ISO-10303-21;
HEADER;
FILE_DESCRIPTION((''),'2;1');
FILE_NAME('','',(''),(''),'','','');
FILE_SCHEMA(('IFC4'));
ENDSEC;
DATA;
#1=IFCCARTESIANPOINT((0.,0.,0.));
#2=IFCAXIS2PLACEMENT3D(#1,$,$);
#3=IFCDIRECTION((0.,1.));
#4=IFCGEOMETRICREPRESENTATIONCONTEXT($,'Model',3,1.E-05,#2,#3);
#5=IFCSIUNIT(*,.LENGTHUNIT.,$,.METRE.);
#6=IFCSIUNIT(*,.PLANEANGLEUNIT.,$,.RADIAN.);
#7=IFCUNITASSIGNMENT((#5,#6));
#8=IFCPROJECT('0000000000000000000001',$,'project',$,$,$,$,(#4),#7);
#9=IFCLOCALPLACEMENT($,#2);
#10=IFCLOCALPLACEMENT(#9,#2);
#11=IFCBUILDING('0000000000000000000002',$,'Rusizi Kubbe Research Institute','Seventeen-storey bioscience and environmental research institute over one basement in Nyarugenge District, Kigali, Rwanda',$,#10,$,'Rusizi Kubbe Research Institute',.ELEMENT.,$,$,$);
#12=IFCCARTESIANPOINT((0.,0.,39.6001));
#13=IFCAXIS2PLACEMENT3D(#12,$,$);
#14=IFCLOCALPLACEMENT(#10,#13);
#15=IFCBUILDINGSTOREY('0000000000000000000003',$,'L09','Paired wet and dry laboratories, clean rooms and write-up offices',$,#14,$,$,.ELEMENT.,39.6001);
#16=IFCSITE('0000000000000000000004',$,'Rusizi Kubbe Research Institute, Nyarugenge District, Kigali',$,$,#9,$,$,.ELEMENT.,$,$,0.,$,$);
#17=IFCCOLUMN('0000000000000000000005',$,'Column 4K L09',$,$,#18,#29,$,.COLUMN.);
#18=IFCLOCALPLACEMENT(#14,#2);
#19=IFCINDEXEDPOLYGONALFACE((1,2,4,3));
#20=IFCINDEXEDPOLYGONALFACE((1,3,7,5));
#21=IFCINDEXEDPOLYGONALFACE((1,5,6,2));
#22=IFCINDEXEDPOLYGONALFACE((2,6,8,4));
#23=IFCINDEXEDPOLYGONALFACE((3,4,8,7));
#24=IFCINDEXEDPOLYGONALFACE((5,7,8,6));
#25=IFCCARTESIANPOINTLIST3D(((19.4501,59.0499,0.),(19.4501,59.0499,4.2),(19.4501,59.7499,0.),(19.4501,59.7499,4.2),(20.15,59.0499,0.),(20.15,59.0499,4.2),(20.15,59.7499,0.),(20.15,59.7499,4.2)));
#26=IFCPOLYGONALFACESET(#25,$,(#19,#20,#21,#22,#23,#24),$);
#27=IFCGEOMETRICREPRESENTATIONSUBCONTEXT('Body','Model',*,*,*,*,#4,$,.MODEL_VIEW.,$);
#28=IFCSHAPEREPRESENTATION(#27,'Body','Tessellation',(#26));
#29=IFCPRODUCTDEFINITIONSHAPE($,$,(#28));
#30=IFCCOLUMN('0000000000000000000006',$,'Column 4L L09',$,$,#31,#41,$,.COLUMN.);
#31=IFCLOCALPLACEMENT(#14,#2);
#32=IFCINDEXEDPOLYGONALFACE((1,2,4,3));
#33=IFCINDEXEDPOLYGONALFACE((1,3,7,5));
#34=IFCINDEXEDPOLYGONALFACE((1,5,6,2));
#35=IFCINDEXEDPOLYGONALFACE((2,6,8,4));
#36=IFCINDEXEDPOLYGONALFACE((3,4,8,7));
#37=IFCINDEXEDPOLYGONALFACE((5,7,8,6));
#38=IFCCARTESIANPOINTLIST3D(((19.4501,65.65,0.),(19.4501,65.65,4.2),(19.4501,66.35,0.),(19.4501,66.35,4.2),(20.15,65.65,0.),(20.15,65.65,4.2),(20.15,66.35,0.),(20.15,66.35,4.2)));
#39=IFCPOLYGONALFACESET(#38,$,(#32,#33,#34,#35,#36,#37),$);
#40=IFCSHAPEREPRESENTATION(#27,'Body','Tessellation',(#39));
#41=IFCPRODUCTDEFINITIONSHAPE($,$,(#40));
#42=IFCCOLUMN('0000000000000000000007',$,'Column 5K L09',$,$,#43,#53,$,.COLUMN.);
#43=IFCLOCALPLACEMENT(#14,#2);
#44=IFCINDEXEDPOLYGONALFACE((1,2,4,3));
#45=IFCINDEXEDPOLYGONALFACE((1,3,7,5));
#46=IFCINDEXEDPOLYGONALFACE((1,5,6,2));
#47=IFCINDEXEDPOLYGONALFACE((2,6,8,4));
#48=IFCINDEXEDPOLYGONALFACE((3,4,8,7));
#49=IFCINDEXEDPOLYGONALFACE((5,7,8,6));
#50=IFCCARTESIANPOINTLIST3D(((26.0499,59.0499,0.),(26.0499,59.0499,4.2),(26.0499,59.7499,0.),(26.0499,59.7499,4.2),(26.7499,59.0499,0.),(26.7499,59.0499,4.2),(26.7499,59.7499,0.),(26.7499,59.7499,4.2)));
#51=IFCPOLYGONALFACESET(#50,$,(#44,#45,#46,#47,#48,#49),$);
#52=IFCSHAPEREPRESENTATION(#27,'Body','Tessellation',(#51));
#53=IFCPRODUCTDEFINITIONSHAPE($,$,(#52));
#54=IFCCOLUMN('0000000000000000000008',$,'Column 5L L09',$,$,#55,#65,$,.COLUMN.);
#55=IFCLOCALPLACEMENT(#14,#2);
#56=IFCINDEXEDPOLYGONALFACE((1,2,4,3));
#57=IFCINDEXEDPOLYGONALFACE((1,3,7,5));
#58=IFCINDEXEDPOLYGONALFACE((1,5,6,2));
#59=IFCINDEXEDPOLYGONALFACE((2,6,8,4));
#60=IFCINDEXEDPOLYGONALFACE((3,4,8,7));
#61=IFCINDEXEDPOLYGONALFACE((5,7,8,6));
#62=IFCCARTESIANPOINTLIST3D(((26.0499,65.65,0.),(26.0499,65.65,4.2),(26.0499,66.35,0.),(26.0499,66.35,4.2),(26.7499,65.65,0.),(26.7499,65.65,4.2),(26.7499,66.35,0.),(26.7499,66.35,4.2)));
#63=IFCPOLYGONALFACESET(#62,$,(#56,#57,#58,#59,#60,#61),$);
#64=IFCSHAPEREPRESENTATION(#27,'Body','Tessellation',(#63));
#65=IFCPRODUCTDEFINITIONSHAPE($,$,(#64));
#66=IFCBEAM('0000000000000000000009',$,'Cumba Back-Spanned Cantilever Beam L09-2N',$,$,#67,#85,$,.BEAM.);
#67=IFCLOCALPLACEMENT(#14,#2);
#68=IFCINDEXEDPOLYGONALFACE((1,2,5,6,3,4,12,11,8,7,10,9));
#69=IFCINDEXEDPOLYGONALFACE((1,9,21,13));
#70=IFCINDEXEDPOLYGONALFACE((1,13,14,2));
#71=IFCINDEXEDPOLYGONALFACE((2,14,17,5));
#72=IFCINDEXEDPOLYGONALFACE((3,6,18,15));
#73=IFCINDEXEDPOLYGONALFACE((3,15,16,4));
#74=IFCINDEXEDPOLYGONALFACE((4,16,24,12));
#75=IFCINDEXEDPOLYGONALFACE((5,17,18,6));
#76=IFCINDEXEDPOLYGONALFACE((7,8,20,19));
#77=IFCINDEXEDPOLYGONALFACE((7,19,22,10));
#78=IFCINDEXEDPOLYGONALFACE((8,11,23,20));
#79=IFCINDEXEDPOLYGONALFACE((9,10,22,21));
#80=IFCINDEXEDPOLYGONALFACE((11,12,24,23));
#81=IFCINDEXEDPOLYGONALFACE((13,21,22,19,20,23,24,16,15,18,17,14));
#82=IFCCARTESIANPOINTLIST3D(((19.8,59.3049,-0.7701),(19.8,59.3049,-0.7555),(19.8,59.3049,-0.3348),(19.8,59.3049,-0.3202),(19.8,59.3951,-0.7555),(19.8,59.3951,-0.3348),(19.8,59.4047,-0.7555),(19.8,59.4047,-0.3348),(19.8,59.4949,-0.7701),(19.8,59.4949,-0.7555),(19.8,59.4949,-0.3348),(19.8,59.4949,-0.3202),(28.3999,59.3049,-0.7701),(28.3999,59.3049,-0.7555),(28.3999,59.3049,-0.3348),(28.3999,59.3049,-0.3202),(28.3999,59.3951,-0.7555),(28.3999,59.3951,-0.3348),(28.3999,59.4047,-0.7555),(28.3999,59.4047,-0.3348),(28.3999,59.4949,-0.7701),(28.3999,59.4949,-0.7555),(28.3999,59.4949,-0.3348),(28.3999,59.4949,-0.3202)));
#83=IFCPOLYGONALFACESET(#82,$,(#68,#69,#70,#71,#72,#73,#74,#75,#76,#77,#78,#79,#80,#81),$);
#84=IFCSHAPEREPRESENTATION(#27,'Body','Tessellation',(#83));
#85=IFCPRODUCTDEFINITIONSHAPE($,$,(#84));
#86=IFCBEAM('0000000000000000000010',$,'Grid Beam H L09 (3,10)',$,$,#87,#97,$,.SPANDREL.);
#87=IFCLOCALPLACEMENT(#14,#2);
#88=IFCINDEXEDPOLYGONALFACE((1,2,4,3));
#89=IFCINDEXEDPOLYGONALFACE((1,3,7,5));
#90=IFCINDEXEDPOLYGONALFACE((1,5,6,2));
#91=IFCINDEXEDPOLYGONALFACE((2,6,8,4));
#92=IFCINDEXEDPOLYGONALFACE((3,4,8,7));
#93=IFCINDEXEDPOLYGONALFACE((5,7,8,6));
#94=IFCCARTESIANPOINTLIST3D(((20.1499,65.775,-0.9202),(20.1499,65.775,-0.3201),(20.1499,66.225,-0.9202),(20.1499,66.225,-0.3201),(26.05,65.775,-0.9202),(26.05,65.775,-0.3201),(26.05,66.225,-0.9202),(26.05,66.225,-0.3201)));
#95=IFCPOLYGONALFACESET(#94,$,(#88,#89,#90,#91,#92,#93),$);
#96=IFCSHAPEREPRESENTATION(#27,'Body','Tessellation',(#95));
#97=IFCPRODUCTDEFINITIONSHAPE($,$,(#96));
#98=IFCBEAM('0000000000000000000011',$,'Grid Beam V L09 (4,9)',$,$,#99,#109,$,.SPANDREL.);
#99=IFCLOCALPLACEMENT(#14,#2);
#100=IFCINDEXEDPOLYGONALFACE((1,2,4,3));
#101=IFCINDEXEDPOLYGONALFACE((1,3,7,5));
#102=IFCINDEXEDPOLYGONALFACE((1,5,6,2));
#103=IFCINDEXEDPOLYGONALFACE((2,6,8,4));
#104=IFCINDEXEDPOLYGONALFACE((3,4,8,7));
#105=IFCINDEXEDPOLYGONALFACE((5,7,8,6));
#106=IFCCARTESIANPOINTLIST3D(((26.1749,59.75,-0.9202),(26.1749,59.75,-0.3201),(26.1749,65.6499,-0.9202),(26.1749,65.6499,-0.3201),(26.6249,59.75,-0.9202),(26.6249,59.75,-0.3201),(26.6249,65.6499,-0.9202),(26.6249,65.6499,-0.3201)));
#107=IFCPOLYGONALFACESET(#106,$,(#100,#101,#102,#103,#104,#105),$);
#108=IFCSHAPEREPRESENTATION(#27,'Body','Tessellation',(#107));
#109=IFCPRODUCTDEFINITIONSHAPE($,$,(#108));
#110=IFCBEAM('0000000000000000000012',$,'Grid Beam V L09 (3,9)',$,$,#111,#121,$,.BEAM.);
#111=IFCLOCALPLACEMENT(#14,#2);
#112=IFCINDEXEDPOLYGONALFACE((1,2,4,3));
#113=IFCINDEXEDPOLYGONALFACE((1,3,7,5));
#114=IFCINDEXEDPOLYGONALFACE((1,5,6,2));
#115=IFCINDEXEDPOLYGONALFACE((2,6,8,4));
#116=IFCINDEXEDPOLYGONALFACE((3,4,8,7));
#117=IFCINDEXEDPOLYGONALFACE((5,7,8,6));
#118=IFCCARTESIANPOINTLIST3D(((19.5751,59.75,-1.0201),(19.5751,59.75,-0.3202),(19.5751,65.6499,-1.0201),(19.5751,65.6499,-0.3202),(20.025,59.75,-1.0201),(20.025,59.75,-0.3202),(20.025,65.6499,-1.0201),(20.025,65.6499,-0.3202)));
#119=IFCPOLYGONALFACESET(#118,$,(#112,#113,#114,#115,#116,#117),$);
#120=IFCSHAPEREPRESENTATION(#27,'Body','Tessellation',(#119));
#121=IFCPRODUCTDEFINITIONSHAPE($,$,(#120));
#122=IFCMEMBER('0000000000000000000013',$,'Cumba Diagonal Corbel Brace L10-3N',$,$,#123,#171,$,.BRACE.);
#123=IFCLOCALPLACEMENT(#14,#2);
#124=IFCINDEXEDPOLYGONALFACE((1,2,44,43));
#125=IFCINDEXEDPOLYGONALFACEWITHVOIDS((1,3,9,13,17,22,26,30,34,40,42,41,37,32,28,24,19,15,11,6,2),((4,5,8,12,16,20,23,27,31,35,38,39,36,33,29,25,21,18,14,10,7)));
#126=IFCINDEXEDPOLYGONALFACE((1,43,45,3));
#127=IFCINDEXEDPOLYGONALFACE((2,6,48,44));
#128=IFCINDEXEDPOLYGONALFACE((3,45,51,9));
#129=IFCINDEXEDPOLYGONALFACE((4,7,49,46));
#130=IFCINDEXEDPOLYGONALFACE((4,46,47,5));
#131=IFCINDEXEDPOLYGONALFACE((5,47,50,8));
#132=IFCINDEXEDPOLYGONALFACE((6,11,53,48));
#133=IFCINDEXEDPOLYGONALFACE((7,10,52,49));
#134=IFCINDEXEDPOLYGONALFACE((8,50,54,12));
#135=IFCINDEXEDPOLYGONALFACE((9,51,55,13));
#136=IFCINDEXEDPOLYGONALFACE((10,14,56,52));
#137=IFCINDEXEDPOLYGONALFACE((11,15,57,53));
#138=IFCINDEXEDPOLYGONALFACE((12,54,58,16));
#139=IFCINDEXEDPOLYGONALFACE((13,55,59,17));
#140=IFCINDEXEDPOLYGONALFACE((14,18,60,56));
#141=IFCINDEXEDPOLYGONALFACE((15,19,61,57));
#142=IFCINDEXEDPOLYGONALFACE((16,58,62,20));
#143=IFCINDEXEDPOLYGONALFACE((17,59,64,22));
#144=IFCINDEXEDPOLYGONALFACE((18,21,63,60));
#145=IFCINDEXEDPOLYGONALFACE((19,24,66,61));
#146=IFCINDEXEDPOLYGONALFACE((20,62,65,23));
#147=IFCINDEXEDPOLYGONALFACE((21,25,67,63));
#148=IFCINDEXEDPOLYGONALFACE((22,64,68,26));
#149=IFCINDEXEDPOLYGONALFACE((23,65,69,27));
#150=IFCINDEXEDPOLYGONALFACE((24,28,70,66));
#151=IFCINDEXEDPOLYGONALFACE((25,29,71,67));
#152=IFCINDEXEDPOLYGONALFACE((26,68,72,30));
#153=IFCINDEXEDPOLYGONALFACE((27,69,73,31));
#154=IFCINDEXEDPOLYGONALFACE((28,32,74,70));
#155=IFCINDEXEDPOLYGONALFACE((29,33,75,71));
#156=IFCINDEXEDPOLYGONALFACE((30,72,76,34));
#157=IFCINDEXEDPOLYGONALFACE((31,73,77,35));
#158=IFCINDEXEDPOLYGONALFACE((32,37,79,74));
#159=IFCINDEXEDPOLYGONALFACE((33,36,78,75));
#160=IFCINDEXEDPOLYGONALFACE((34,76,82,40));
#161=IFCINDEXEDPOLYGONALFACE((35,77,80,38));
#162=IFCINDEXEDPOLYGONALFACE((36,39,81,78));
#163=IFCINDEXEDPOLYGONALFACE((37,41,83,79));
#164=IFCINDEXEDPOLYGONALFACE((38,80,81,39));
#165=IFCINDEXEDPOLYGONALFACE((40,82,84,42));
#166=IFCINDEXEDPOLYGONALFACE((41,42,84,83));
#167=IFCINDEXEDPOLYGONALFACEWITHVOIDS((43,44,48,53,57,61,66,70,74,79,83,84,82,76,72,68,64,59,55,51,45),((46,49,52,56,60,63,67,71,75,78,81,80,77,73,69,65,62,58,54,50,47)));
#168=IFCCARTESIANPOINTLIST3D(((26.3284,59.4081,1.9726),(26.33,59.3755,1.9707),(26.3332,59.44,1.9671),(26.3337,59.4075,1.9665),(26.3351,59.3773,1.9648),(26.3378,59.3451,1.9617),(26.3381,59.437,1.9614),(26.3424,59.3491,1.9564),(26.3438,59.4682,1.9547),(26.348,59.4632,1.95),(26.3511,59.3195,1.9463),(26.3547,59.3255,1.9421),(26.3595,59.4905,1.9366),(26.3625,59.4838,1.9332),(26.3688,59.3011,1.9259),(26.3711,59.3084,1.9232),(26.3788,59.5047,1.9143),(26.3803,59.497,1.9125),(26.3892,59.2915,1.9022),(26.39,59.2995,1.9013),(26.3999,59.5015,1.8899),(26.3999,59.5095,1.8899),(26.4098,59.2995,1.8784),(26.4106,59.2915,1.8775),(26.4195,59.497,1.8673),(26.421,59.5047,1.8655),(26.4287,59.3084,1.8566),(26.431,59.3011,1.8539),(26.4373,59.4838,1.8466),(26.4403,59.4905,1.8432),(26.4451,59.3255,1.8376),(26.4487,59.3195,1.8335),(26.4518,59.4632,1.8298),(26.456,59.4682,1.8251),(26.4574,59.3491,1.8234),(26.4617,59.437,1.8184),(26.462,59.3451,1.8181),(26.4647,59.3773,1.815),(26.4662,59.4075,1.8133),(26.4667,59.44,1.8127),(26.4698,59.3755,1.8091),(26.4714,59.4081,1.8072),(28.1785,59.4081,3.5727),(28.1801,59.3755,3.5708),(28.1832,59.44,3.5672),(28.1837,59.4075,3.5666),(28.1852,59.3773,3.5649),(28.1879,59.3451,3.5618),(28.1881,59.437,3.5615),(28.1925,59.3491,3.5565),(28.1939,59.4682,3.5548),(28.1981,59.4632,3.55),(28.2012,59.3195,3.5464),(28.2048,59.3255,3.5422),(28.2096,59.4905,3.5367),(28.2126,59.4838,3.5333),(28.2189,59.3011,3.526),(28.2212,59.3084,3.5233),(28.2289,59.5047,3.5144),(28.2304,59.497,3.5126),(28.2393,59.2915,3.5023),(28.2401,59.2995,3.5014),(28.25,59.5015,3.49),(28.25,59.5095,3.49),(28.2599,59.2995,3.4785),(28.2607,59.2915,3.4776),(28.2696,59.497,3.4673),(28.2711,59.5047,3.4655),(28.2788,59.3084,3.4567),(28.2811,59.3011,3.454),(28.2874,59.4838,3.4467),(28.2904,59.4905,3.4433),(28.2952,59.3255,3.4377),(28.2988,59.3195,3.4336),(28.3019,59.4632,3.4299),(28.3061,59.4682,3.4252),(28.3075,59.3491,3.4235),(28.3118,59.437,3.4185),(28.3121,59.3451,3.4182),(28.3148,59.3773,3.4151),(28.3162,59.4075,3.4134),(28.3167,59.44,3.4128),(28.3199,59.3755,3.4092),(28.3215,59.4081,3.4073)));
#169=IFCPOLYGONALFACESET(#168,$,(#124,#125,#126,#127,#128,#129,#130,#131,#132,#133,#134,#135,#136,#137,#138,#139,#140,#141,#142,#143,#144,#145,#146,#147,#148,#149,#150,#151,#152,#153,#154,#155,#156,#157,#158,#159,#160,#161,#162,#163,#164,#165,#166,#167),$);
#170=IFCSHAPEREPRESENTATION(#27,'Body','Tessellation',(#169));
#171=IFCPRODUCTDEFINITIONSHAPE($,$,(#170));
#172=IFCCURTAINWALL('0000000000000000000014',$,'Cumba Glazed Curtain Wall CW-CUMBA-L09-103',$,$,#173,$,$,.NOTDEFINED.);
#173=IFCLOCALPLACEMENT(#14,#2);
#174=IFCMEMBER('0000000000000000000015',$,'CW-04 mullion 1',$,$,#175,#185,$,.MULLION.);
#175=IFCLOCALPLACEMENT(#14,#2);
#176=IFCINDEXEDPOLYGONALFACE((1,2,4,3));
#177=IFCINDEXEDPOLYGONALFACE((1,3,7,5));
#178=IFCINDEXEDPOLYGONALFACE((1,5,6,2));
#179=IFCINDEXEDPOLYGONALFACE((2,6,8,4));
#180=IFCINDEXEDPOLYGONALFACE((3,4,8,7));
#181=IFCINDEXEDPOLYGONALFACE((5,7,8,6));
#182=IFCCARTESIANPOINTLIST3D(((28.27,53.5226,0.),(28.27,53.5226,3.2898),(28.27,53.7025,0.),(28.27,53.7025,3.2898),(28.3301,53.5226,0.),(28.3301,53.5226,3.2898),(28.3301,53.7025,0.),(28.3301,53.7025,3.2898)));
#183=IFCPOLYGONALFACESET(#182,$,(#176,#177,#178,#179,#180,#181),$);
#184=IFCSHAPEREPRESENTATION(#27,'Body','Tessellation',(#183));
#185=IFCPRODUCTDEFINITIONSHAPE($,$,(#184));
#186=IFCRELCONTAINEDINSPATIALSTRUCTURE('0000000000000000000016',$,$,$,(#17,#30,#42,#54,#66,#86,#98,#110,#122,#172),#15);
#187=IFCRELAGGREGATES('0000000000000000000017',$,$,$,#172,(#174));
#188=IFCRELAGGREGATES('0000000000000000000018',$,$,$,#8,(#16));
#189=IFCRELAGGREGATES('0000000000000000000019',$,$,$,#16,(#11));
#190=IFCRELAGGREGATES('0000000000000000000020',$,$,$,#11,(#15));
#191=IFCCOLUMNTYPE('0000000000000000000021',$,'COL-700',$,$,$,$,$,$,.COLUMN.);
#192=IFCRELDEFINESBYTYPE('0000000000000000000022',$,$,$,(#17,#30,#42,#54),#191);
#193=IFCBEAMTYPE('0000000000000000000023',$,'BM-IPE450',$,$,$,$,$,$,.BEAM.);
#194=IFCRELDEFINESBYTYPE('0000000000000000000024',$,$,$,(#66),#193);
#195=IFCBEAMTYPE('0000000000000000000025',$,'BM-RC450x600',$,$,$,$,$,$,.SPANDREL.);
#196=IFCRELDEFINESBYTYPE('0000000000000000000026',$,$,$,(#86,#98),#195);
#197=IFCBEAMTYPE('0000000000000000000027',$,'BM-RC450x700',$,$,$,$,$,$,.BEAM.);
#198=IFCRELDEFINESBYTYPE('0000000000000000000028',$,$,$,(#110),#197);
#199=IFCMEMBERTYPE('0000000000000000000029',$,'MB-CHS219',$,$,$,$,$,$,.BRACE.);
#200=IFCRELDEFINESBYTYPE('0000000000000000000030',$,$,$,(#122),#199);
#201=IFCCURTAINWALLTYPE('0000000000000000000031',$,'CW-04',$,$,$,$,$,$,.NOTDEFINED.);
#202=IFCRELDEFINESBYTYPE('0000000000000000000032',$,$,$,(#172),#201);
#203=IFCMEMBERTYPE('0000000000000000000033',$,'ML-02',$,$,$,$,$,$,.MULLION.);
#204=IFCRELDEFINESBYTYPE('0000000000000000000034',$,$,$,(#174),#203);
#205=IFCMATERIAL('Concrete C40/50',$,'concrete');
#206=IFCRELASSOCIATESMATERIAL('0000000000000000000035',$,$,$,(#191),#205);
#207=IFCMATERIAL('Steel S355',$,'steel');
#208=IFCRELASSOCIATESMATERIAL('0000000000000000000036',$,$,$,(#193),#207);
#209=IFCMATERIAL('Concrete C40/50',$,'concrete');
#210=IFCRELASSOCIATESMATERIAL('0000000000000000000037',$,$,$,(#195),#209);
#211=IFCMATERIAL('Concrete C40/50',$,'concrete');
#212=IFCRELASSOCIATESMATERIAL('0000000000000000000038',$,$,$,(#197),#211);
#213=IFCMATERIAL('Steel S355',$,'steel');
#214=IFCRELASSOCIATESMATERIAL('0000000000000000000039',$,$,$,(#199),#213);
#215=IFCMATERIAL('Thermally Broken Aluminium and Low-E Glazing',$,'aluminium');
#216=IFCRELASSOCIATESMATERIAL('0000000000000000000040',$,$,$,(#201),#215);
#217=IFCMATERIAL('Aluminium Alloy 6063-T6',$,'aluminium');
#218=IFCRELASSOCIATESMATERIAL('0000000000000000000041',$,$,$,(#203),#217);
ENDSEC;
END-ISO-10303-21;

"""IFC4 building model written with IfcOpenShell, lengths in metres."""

from ifc_helpers import new_model, si_unit, direction, frame, origin, origin_2d, place, context, subcontext, project, spatial, rectangle, hollow_circle, i_section, extrude, material, material_profile, profile_set, type_object, element, aggregate, save


model = new_model("IFC4")

# Units and contexts
model_context = context("Model", 3, precision=1e-05, world=origin(), true_north=direction((0.0, 1.0)))
body_context = subcontext(model_context, "Body", "Model", "MODEL_VIEW")
ifc_project = project(units=[si_unit("LENGTHUNIT", "METRE"), si_unit("PLANEANGLEUNIT", "RADIAN")], contexts=[model_context])

# Site, building, storey
site_placement = place(None, origin())
site = spatial("IfcSite", under=ifc_project, at=site_placement, Name="Rusizi Kubbe Research Institute, Nyarugenge District, Kigali", CompositionType="ELEMENT", RefElevation=0.0)
building_placement = place(site_placement, origin())
building = spatial("IfcBuilding", under=site, at=building_placement, Name="Rusizi Kubbe Research Institute", Description="Seventeen-storey bioscience and environmental research institute over one basement in Nyarugenge District, Kigali, Rwanda", LongName="Rusizi Kubbe Research Institute", CompositionType="ELEMENT")
storey_placement = place(building_placement, frame((0.0, 0.0, 39.6001)))
storey = spatial("IfcBuildingStorey", under=building, at=storey_placement, Name="L09", Description="Paired wet and dry laboratories, clean rooms and write-up offices", CompositionType="ELEMENT", Elevation=39.6001)

# Columns
ifc_material_1 = material(Name="Concrete C40/50", Category="concrete")
ifc_material_profile_1 = material_profile(ifc_material_1, rectangle(XDim=0.7, YDim=0.7, at=origin_2d()), Name="RC700x700")
ifc_profile_set_1 = profile_set([ifc_material_profile_1], Name="Concrete C40/50")
column_type = type_object("IfcColumnType", Name="COL-700", PredefinedType="COLUMN", material=ifc_profile_set_1)
for number, where, z_axis, x_axis, name in (
    (1, (19.8, 59.3999, 0.0), (0.0, 0.0, 1.0), (1.0, 0.0, 0.0), "Column 4K L09"),
    (2, (19.8, 66.0, 0.0), (0.0, 0.0, 1.0), (1.0, 0.0, 0.0), "Column 4L L09"),
    (3, (26.3999, 59.3999, 0.0), (0.0, 0.0, 1.0), (1.0, 0.0, 0.0), "Column 5K L09"),
    (4, (26.3999, 66.0, 0.0), (0.0, 0.0, 1.0), (1.0, 0.0, 0.0), "Column 5L L09"),
):
    element("IfcColumn", number, at=place(storey_placement, frame(where, z_axis=z_axis, x_axis=x_axis)), inside=storey, type_object=column_type, Name=name, PredefinedType="COLUMN", context=body_context, shape_type="SweptSolid", body=[
        extrude(rectangle(XDim=0.7, YDim=0.7, at=origin_2d()), origin(), (0.0, 0.0, 1.0), 4.2),
    ])

# Beams
ifc_material_2 = material(Name="Steel S355", Category="steel")
ifc_material_profile_2 = material_profile(ifc_material_2, i_section(OverallWidth=0.1899, OverallDepth=0.45, WebThickness=0.0095, FlangeThickness=0.0146, at=origin_2d()), Name="IPE 450")
ifc_profile_set_2 = profile_set([ifc_material_profile_2], Name="Steel S355")
beam_type_1 = type_object("IfcBeamType", Name="BM-IPE450", PredefinedType="BEAM", material=ifc_profile_set_2)
beam_1_placement = place(storey_placement, frame((19.8, 59.3999, -0.5452), z_axis=(1.0, 0.0, 0.0), x_axis=(0.0, 1.0, 0.0)))
element("IfcBeam", 5, at=beam_1_placement, inside=storey, type_object=beam_type_1, Name="Cumba Back-Spanned Cantilever Beam L09-2N", PredefinedType="BEAM", context=body_context, shape_type="SweptSolid", body=[
    extrude(i_section(OverallWidth=0.1899, OverallDepth=0.45, WebThickness=0.0095, FlangeThickness=0.0146, at=origin_2d()), origin(), (0.0, 0.0, 1.0), 8.5999),
])
ifc_material_3 = material(Name="Concrete C40/50", Category="concrete")
ifc_material_profile_3 = material_profile(ifc_material_3, rectangle(XDim=0.45, YDim=0.6001, at=origin_2d()), Name="RC450x600")
ifc_profile_set_3 = profile_set([ifc_material_profile_3], Name="Concrete C40/50")
beam_type_2 = type_object("IfcBeamType", Name="BM-RC450x600", PredefinedType="SPANDREL", material=ifc_profile_set_3)
beam_2_placement = place(storey_placement, frame((20.1499, 66.0, -0.6201), z_axis=(1.0, 0.0, 0.0), x_axis=(0.0, 1.0, 0.0)))
element("IfcBeam", 6, at=beam_2_placement, inside=storey, type_object=beam_type_2, Name="Grid Beam H L09 (3,10)", PredefinedType="SPANDREL", context=body_context, shape_type="SweptSolid", body=[
    extrude(rectangle(XDim=0.45, YDim=0.6001, at=origin_2d()), origin(), (0.0, 0.0, 1.0), 5.9001),
])
beam_3_placement = place(storey_placement, frame((26.3999, 59.75, -0.6201), z_axis=(0.0, 1.0, 0.0), x_axis=(-1.0, 0.0, 0.0)))
element("IfcBeam", 7, at=beam_3_placement, inside=storey, type_object=beam_type_2, Name="Grid Beam V L09 (4,9)", PredefinedType="SPANDREL", context=body_context, shape_type="SweptSolid", body=[
    extrude(rectangle(XDim=0.45, YDim=0.6001, at=origin_2d()), origin(), (0.0, 0.0, 1.0), 5.8999),
])
ifc_material_4 = material(Name="Concrete C40/50", Category="concrete")
ifc_material_profile_4 = material_profile(ifc_material_4, rectangle(XDim=0.45, YDim=0.7, at=origin_2d()), Name="RC450x700B")
ifc_profile_set_4 = profile_set([ifc_material_profile_4], Name="Concrete C40/50")
beam_type_3 = type_object("IfcBeamType", Name="BM-RC450x700", PredefinedType="BEAM", material=ifc_profile_set_4)
beam_4_placement = place(storey_placement, frame((19.8, 59.75, -0.6702), z_axis=(0.0, 1.0, 0.0), x_axis=(-1.0, 0.0, 0.0)))
element("IfcBeam", 8, at=beam_4_placement, inside=storey, type_object=beam_type_3, Name="Grid Beam V L09 (3,9)", PredefinedType="BEAM", context=body_context, shape_type="SweptSolid", body=[
    extrude(rectangle(XDim=0.45, YDim=0.7, at=origin_2d()), origin(), (0.0, 0.0, 1.0), 5.8999),
])

# Member
ifc_material_5 = material(Name="Steel S355", Category="steel")
ifc_material_profile_5 = material_profile(ifc_material_5, hollow_circle(Radius=0.1096, WallThickness=0.0081, at=origin_2d()), Name="CHS 219.1x8.0")
ifc_profile_set_5 = profile_set([ifc_material_profile_5], Name="Steel S355")
member_type_1 = type_object("IfcMemberType", Name="MB-CHS219", PredefinedType="BRACE", material=ifc_profile_set_5)
member_1_placement = place(storey_placement, frame((26.3999, 59.3999, 1.8899), z_axis=(0.756361, 0.0, 0.654155), x_axis=(0.0, 1.0, 0.0)))
element("IfcMember", 9, at=member_1_placement, inside=storey, type_object=member_type_1, Name="Cumba Diagonal Corbel Brace L10-3N", PredefinedType="BRACE", context=body_context, shape_type="SweptSolid", body=[
    extrude(hollow_circle(Radius=0.1096, WallThickness=0.0081, at=origin_2d()), origin(), (0.0, 0.0, 1.0), 2.446),
])

# Curtain wall, member
ifc_material_6 = material(Name="Thermally Broken Aluminium and Low-E Glazing", Category="aluminium")
curtain_wall_type = type_object("IfcCurtainWallType", Name="CW-04", PredefinedType="NOTDEFINED", material=ifc_material_6)
curtain_wall_placement = place(storey_placement, origin())
curtain_wall = element("IfcCurtainWall", 10, at=curtain_wall_placement, inside=storey, type_object=curtain_wall_type, Name="Cumba Glazed Curtain Wall CW-CUMBA-L09-103", PredefinedType="NOTDEFINED")
ifc_material_7 = material(Name="Aluminium Alloy 6063-T6", Category="aluminium")
ifc_material_profile_6 = material_profile(ifc_material_7, rectangle(XDim=0.0601, YDim=0.1799, at=origin_2d()), Name="ALU-M 60x180")
ifc_profile_set_6 = profile_set([ifc_material_profile_6], Name="Aluminium Alloy 6063-T6")
member_type_2 = type_object("IfcMemberType", Name="ML-02", PredefinedType="MULLION", material=ifc_profile_set_6)
member_2_placement = place(storey_placement, frame((28.3, 53.6125, 0.0), z_axis=(0.0, 0.0, 1.0), x_axis=(-1.0, 0.0, 0.0)))
member_2 = element("IfcMember", 11, at=member_2_placement, type_object=member_type_2, Name="CW-04 mullion 1", PredefinedType="MULLION", context=body_context, shape_type="SweptSolid", body=[
    extrude(rectangle(XDim=0.0601, YDim=0.1799, at=origin_2d()), origin(), (0.0, 0.0, 1.0), 3.2898),
])
aggregate(curtain_wall, [member_2])

save(model, "model.ifc")
